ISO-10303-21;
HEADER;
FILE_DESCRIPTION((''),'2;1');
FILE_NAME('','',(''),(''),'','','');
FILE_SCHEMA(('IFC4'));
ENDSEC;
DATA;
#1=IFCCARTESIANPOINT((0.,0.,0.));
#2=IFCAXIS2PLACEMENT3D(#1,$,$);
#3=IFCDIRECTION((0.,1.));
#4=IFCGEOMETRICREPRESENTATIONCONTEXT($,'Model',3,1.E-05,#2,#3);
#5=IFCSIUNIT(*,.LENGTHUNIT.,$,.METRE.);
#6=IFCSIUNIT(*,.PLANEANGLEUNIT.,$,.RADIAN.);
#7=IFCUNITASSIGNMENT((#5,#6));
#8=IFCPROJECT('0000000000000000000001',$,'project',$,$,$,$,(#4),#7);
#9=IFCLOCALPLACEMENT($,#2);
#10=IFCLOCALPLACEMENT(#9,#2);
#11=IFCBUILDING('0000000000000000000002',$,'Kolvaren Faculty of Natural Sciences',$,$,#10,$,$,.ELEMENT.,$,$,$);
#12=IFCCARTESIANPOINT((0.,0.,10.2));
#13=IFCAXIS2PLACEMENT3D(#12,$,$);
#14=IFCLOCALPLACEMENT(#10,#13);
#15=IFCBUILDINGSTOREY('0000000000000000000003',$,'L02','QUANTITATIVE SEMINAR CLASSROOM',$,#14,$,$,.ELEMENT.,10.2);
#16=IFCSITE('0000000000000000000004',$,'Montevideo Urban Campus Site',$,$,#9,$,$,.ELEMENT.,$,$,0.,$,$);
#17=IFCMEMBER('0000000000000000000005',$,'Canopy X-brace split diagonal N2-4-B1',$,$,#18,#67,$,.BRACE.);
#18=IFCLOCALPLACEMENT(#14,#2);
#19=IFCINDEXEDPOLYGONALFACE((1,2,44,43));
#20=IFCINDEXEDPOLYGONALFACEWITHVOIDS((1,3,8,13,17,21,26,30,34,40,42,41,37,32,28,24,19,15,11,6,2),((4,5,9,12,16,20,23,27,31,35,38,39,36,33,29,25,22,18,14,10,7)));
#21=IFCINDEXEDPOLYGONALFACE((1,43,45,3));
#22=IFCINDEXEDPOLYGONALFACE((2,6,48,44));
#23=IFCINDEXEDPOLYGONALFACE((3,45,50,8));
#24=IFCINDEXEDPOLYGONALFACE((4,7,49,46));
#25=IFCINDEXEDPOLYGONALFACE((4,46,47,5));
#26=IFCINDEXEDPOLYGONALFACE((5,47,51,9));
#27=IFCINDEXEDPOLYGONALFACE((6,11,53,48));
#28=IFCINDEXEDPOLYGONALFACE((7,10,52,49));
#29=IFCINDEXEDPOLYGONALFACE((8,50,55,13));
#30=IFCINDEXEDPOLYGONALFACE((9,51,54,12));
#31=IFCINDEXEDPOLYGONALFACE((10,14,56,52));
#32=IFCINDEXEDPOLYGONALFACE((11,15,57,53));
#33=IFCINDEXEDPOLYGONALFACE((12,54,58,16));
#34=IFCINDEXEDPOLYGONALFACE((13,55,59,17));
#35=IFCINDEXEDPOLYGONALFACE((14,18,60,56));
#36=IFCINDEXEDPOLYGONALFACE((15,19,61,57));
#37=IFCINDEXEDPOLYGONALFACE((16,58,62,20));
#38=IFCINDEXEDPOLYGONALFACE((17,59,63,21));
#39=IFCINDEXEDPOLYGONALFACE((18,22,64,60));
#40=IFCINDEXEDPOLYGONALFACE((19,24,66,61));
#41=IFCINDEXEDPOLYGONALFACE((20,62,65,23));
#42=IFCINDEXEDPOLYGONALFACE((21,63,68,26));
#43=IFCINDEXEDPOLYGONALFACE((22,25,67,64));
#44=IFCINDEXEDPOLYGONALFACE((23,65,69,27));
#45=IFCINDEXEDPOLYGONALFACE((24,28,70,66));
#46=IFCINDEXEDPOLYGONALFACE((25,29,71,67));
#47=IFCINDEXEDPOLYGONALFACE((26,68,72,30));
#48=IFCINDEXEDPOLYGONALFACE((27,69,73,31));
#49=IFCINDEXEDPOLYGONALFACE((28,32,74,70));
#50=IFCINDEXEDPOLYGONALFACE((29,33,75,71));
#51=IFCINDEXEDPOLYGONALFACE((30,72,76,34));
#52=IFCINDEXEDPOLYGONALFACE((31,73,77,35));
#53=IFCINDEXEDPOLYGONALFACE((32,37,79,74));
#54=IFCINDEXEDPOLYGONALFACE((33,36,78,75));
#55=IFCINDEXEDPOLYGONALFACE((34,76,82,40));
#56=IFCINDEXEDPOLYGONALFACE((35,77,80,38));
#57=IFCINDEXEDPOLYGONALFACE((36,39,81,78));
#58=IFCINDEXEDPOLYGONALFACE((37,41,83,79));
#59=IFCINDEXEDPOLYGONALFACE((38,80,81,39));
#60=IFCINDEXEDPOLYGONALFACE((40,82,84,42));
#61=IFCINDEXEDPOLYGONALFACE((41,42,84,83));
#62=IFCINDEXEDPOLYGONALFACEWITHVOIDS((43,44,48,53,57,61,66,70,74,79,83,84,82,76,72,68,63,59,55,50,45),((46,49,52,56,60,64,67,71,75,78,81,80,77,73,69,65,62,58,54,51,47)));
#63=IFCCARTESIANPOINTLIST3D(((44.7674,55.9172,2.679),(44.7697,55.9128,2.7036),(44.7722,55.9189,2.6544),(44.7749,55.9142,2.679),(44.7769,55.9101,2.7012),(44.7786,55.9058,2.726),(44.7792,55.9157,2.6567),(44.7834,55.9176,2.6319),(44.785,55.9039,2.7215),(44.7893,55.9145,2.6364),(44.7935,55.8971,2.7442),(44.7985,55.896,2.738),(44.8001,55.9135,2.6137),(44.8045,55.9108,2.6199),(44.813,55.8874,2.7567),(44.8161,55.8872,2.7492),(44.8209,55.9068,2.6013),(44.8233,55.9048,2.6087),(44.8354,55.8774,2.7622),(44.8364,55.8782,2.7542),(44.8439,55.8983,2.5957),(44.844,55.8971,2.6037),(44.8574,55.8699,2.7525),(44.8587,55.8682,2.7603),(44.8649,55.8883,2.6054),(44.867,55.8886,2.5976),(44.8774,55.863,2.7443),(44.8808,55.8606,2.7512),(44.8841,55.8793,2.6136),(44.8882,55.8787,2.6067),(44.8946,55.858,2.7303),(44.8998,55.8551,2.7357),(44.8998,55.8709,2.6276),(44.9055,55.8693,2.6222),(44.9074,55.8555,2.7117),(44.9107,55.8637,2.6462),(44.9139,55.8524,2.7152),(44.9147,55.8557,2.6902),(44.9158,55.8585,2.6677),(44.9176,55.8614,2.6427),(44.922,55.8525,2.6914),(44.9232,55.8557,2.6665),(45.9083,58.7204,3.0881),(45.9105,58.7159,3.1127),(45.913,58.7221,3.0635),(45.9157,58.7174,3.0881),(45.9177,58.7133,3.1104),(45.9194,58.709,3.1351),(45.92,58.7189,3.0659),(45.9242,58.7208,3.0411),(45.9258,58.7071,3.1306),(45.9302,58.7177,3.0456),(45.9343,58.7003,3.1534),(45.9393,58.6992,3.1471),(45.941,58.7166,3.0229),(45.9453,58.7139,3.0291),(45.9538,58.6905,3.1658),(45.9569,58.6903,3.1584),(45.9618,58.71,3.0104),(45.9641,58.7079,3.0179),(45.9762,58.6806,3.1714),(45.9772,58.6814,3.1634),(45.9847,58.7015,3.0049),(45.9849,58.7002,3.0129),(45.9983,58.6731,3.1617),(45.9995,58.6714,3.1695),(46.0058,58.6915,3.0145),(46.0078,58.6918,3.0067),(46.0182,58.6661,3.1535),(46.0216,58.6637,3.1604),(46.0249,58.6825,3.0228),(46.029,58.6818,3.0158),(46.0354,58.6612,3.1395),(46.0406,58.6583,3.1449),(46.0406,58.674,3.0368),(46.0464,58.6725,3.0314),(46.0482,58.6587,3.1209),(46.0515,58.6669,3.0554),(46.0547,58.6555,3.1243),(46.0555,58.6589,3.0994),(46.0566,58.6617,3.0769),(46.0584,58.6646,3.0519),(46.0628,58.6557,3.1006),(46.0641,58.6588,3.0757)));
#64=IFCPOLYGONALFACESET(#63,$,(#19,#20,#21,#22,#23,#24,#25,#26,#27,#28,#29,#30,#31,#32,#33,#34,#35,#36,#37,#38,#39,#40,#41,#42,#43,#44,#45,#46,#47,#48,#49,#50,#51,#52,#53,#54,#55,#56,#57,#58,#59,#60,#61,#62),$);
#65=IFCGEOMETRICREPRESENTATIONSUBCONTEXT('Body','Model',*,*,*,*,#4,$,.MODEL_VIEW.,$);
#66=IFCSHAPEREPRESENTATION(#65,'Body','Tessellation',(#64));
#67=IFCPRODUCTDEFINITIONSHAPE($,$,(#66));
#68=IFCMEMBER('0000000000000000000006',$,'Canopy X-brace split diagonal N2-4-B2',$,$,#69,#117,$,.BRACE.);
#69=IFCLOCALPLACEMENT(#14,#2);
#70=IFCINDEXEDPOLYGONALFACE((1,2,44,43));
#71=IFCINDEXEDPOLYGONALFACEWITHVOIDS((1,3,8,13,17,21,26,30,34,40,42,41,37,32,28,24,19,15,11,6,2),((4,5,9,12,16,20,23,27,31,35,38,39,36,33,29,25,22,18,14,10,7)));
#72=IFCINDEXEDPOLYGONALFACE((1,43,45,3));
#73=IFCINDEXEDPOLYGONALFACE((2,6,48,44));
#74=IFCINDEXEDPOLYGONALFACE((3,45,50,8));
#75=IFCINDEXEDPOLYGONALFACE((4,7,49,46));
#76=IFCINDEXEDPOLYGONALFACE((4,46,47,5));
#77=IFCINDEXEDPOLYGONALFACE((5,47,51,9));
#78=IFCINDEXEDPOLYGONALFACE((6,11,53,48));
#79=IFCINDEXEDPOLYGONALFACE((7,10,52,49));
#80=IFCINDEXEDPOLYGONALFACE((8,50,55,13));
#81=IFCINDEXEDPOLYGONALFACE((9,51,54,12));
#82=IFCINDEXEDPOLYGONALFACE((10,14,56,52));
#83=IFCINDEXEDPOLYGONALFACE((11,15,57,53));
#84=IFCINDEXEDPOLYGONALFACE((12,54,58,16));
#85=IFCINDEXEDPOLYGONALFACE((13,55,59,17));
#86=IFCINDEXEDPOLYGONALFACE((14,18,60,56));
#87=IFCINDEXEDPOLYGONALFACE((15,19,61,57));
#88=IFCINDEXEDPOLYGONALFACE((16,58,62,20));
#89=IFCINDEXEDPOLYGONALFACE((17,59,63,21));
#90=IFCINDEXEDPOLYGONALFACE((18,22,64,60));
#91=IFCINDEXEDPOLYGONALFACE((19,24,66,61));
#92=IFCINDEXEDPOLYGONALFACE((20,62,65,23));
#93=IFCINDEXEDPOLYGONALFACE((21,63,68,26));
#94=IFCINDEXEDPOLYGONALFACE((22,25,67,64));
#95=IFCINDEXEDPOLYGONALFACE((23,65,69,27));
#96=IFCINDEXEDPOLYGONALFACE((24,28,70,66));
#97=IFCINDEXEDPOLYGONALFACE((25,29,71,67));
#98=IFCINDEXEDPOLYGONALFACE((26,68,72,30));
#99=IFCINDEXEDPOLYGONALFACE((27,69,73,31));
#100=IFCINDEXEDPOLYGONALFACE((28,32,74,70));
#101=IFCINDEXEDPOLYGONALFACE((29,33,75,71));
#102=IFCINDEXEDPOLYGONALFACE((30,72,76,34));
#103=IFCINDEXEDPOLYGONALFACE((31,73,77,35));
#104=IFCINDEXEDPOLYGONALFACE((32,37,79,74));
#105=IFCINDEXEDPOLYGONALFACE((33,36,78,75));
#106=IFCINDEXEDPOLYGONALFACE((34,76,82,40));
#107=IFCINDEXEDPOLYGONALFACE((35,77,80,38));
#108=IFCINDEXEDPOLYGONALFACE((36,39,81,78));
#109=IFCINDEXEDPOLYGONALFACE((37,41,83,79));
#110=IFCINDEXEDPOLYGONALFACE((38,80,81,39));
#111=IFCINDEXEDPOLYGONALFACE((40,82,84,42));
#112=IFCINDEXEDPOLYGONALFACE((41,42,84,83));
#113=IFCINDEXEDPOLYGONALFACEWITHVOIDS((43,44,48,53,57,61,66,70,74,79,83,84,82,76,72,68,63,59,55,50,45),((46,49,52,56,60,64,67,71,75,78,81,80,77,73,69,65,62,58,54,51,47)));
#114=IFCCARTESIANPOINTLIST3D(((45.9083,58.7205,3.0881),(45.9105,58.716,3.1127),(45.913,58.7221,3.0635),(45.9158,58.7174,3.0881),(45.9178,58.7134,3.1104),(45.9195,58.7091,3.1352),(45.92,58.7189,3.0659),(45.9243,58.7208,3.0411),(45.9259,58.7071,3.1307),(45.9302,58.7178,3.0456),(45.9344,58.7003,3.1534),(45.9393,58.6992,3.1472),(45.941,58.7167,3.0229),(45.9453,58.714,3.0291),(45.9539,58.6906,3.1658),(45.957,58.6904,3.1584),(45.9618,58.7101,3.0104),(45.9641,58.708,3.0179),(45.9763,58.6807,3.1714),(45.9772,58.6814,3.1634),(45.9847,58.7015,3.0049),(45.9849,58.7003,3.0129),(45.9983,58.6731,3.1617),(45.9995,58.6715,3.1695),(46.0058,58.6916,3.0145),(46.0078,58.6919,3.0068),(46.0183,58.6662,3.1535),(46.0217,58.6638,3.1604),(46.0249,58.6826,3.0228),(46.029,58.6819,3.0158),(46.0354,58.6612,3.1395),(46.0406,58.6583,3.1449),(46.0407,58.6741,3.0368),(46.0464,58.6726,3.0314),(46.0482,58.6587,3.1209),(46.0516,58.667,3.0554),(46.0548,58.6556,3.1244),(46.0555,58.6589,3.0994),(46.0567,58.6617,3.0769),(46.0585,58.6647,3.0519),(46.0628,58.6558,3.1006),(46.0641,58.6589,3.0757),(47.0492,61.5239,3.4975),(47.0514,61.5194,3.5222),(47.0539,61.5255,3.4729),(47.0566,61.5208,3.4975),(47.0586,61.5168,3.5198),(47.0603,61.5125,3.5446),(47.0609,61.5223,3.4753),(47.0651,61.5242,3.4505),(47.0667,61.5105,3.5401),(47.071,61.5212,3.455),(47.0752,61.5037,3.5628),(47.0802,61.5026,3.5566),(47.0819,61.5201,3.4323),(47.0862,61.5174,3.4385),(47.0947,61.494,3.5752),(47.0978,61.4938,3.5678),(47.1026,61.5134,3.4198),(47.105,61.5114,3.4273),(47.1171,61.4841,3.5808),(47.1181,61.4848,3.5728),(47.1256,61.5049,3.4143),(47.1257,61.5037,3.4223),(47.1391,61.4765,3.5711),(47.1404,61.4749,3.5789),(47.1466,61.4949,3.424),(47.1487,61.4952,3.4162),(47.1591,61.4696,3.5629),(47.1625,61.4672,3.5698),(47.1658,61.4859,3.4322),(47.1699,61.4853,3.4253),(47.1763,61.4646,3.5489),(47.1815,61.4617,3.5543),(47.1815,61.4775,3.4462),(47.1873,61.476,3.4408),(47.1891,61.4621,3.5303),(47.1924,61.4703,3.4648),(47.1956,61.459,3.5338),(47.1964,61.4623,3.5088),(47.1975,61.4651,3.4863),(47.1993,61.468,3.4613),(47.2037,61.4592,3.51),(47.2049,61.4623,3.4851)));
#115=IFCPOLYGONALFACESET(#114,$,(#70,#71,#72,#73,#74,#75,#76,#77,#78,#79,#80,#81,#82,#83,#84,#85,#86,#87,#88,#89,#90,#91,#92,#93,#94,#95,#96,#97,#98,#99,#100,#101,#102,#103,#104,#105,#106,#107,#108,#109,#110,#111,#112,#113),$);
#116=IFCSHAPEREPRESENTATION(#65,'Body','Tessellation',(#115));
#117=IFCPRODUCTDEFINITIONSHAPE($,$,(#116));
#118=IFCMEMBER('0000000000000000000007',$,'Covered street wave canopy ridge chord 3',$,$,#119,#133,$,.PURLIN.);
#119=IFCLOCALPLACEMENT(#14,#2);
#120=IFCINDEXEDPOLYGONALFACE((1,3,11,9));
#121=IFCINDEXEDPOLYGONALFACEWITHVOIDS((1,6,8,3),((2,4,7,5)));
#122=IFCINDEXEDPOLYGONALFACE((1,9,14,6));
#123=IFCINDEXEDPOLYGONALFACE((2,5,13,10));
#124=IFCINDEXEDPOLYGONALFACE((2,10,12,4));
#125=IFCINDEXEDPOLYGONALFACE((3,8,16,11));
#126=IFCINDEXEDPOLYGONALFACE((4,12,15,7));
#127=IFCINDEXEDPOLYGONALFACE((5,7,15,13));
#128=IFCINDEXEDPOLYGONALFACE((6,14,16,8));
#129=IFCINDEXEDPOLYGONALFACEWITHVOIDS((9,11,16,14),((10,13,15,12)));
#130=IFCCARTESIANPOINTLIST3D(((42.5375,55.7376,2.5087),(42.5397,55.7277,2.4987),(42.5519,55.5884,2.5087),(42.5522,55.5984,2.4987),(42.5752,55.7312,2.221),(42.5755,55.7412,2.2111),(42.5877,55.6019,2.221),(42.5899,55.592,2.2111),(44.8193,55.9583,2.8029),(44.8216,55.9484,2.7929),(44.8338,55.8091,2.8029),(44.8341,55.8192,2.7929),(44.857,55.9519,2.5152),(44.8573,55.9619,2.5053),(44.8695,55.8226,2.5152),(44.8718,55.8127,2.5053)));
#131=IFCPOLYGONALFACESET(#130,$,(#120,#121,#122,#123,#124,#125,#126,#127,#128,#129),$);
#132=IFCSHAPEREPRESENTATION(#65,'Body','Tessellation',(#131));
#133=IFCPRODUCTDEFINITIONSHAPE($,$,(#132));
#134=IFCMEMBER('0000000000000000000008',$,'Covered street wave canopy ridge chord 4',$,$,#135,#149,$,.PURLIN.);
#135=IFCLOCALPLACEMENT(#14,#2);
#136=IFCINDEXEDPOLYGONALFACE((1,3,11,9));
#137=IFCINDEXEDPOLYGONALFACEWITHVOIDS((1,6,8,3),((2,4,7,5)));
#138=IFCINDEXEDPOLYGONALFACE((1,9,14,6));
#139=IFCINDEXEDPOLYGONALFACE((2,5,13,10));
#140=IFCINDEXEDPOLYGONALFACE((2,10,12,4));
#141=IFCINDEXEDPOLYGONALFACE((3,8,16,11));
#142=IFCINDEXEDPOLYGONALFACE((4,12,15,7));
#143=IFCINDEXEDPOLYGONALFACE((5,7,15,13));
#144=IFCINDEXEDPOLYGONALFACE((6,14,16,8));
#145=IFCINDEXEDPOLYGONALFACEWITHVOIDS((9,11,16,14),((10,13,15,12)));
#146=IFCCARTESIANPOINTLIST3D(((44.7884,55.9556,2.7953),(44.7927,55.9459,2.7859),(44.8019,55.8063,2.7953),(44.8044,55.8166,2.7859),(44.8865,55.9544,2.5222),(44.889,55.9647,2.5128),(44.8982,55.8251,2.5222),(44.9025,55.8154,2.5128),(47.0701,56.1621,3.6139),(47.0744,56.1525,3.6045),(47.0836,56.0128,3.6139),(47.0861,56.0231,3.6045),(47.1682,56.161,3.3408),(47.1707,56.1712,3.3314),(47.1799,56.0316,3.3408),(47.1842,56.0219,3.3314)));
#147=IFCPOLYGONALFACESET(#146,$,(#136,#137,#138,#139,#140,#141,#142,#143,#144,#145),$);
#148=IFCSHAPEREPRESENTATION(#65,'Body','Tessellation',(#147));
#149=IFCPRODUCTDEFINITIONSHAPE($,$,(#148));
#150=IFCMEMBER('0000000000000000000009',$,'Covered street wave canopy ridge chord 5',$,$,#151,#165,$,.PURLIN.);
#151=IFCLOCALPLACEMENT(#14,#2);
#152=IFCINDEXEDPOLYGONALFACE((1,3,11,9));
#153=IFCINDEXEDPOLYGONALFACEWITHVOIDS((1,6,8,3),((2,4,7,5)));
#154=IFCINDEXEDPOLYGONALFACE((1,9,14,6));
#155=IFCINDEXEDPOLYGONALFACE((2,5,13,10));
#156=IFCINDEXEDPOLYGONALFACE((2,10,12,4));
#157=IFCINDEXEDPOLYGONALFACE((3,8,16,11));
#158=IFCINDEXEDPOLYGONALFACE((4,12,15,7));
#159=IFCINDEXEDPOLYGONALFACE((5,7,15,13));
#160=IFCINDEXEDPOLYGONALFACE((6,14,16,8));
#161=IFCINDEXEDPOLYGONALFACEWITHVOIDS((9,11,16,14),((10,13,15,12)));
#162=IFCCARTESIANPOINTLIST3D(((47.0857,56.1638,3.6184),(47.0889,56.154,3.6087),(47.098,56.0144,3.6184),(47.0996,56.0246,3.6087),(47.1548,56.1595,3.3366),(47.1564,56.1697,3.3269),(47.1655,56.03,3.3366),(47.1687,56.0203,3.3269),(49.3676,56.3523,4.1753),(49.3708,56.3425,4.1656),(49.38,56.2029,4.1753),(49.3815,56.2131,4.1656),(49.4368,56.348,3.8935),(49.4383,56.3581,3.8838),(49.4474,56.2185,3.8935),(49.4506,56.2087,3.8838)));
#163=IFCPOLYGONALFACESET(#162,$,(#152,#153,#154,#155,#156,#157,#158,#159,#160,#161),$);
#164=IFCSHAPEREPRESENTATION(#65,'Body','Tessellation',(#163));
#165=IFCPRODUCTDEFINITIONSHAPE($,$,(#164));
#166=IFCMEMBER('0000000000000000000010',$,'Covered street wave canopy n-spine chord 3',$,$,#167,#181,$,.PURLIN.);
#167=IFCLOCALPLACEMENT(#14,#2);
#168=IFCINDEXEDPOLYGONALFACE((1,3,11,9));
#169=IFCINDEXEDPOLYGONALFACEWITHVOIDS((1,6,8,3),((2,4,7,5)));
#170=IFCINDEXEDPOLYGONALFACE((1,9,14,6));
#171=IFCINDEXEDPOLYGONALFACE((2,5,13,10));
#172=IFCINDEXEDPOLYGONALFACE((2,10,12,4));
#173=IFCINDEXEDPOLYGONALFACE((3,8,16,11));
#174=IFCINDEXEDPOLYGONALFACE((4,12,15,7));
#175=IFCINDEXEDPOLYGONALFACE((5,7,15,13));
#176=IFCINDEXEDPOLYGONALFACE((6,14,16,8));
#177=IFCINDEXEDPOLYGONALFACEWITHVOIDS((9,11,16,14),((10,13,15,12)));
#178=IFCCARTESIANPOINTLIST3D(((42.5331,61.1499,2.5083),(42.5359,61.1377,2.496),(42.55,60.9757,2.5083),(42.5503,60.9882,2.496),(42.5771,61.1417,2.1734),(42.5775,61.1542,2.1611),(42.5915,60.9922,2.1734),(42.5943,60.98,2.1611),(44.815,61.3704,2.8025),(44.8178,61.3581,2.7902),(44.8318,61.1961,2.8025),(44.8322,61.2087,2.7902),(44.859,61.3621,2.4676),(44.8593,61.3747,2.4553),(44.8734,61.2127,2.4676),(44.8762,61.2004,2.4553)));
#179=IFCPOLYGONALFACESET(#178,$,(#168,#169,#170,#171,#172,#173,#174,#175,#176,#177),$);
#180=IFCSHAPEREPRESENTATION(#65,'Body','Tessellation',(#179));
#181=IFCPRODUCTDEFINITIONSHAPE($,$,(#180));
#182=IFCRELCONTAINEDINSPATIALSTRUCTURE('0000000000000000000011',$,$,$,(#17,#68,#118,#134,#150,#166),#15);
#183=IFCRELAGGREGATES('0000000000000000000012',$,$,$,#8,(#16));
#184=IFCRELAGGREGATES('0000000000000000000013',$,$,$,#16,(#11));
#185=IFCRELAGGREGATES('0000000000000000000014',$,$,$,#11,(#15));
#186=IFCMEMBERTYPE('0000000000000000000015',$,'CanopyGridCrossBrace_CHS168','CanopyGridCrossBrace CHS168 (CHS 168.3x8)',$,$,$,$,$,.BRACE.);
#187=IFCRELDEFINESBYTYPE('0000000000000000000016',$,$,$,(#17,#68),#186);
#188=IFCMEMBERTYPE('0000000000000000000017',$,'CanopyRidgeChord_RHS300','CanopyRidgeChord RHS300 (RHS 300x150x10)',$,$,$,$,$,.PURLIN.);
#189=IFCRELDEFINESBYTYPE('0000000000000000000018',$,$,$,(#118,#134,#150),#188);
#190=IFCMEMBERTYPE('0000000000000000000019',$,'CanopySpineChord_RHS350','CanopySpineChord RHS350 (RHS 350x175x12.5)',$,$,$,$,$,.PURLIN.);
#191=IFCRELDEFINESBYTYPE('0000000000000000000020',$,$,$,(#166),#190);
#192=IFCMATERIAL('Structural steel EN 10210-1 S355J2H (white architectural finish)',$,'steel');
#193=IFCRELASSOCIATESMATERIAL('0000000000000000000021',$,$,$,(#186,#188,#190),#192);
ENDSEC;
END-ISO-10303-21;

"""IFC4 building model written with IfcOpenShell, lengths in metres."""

from ifc_helpers import new_model, si_unit, direction, frame, origin, origin_2d, place, context, subcontext, project, spatial, hollow_rectangle, hollow_circle, extrude, material, material_profile, profile_set, type_object, element, save


model = new_model("IFC4")

# Units and contexts
model_context = context("Model", 3, precision=1e-05, world=origin(), true_north=direction((0.0, 1.0)))
body_context = subcontext(model_context, "Body", "Model", "MODEL_VIEW")
ifc_project = project(units=[si_unit("LENGTHUNIT", "METRE"), si_unit("PLANEANGLEUNIT", "RADIAN")], contexts=[model_context])

# Site, building, storey
site_placement = place(None, origin())
site = spatial("IfcSite", under=ifc_project, at=site_placement, Name="Montevideo Urban Campus Site", CompositionType="ELEMENT", RefElevation=0.0)
building_placement = place(site_placement, origin())
building = spatial("IfcBuilding", under=site, at=building_placement, Name="Kolvaren Faculty of Natural Sciences", CompositionType="ELEMENT")
storey_placement = place(building_placement, frame((0.0, 0.0, 10.2)))
storey = spatial("IfcBuildingStorey", under=building, at=storey_placement, Name="L02", Description="QUANTITATIVE SEMINAR CLASSROOM", CompositionType="ELEMENT", Elevation=10.2)

# Members
ifc_material_1 = material(Name="Structural steel EN 10210-1 S355J2H (white architectural finish)", Category="steel")
ifc_material_profile_1 = material_profile(ifc_material_1, hollow_circle(Radius=0.0842, WallThickness=0.0081, at=origin_2d()), Name="CHS 168.3x8")
ifc_profile_set_1 = profile_set([ifc_material_profile_1], Name="Structural steel EN 10210-1 S355J2H (white architectural finish)")
member_type_1 = type_object("IfcMemberType", Name="CanopyGridCrossBrace_CHS168", Description="CanopyGridCrossBrace CHS168 (CHS 168.3x8)", PredefinedType="BRACE", material=ifc_profile_set_1)
member_1_placement = place(storey_placement, frame((44.8455, 55.8855, 2.679), z_axis=(0.373562, 0.917878, 0.13398), x_axis=(-0.926229, 0.376961, 0.0)))
element("IfcMember", 1, at=member_1_placement, inside=storey, type_object=member_type_1, Name="Canopy X-brace split diagonal N2-4-B1", PredefinedType="BRACE", context=body_context, shape_type="SweptSolid", body=[
    extrude(hollow_circle(Radius=0.0842, WallThickness=0.0081, at=origin_2d()), origin(), (0.0, 0.0, 1.0), 3.054),
])
member_2_placement = place(storey_placement, frame((45.9863, 58.6887, 3.0881), z_axis=(0.373531, 0.917881, 0.134049), x_axis=(-0.926241, 0.376933, 0.0)))
element("IfcMember", 2, at=member_2_placement, inside=storey, type_object=member_type_1, Name="Canopy X-brace split diagonal N2-4-B2", PredefinedType="BRACE", context=body_context, shape_type="SweptSolid", body=[
    extrude(hollow_circle(Radius=0.0842, WallThickness=0.0081, at=origin_2d()), origin(), (0.0, 0.0, 1.0), 3.0542),
])
ifc_material_profile_2 = material_profile(ifc_material_1, hollow_rectangle(XDim=0.1499, YDim=0.3, WallThickness=0.01, at=origin_2d()), Name="RHS 300x150x10")
ifc_profile_set_2 = profile_set([ifc_material_profile_2], Name="Structural steel EN 10210-1 S355J2H (white architectural finish)")
member_type_2 = type_object("IfcMemberType", Name="CanopyRidgeChord_RHS300", Description="CanopyRidgeChord RHS300 (RHS 300x150x10)", PredefinedType="PURLIN", material=ifc_profile_set_2)
member_3_placement = place(storey_placement, frame((42.5637, 55.6648, 2.3599), z_axis=(0.987258, 0.095493, 0.127289), x_axis=(-0.096277, 0.995355, 0.0)))
element("IfcMember", 3, at=member_3_placement, inside=storey, type_object=member_type_2, Name="Covered street wave canopy ridge chord 3", PredefinedType="PURLIN", context=body_context, shape_type="SweptSolid", body=[
    extrude(hollow_rectangle(XDim=0.1499, YDim=0.3, WallThickness=0.01, at=origin_2d()), origin(), (0.0, 0.0, 1.0), 2.3113),
])
member_4_placement = place(storey_placement, frame((44.8455, 55.8855, 2.6541), z_axis=(0.93786, 0.084895, 0.33647), x_axis=(-0.090151, 0.995928, 0.0)))
element("IfcMember", 4, at=member_4_placement, inside=storey, type_object=member_type_2, Name="Covered street wave canopy ridge chord 4", PredefinedType="PURLIN", context=body_context, shape_type="SweptSolid", body=[
    extrude(hollow_rectangle(XDim=0.1499, YDim=0.3, WallThickness=0.01, at=origin_2d()), origin(), (0.0, 0.0, 1.0), 2.4329),
])
member_5_placement = place(storey_placement, frame((47.1272, 56.092, 3.4727), z_axis=(0.968378, 0.079982, 0.236319), x_axis=(-0.082313, 0.996607, 0.0)))
element("IfcMember", 5, at=member_5_placement, inside=storey, type_object=member_type_2, Name="Covered street wave canopy ridge chord 5", PredefinedType="PURLIN", context=body_context, shape_type="SweptSolid", body=[
    extrude(hollow_rectangle(XDim=0.1499, YDim=0.3, WallThickness=0.01, at=origin_2d()), origin(), (0.0, 0.0, 1.0), 2.3564),
])
ifc_material_profile_3 = material_profile(ifc_material_1, hollow_rectangle(XDim=0.175, YDim=0.3501, WallThickness=0.0125, at=origin_2d()), Name="RHS 350x175x12.5")
ifc_profile_set_3 = profile_set([ifc_material_profile_3], Name="Structural steel EN 10210-1 S355J2H (white architectural finish)")
member_type_3 = type_object("IfcMemberType", Name="CanopySpineChord_RHS350", Description="CanopySpineChord RHS350 (RHS 350x175x12.5)", PredefinedType="PURLIN", material=ifc_profile_set_3)
member_6_placement = place(storey_placement, frame((42.5637, 61.0649, 2.3347), z_axis=(0.987268, 0.095389, 0.127291), x_axis=(-0.096171, 0.995365, 0.0)))
element("IfcMember", 6, at=member_6_placement, inside=storey, type_object=member_type_3, Name="Covered street wave canopy n-spine chord 3", PredefinedType="PURLIN", context=body_context, shape_type="SweptSolid", body=[
    extrude(hollow_rectangle(XDim=0.175, YDim=0.3501, WallThickness=0.0125, at=origin_2d()), origin(), (0.0, 0.0, 1.0), 2.3113),
])

save(model, "model.ifc")
